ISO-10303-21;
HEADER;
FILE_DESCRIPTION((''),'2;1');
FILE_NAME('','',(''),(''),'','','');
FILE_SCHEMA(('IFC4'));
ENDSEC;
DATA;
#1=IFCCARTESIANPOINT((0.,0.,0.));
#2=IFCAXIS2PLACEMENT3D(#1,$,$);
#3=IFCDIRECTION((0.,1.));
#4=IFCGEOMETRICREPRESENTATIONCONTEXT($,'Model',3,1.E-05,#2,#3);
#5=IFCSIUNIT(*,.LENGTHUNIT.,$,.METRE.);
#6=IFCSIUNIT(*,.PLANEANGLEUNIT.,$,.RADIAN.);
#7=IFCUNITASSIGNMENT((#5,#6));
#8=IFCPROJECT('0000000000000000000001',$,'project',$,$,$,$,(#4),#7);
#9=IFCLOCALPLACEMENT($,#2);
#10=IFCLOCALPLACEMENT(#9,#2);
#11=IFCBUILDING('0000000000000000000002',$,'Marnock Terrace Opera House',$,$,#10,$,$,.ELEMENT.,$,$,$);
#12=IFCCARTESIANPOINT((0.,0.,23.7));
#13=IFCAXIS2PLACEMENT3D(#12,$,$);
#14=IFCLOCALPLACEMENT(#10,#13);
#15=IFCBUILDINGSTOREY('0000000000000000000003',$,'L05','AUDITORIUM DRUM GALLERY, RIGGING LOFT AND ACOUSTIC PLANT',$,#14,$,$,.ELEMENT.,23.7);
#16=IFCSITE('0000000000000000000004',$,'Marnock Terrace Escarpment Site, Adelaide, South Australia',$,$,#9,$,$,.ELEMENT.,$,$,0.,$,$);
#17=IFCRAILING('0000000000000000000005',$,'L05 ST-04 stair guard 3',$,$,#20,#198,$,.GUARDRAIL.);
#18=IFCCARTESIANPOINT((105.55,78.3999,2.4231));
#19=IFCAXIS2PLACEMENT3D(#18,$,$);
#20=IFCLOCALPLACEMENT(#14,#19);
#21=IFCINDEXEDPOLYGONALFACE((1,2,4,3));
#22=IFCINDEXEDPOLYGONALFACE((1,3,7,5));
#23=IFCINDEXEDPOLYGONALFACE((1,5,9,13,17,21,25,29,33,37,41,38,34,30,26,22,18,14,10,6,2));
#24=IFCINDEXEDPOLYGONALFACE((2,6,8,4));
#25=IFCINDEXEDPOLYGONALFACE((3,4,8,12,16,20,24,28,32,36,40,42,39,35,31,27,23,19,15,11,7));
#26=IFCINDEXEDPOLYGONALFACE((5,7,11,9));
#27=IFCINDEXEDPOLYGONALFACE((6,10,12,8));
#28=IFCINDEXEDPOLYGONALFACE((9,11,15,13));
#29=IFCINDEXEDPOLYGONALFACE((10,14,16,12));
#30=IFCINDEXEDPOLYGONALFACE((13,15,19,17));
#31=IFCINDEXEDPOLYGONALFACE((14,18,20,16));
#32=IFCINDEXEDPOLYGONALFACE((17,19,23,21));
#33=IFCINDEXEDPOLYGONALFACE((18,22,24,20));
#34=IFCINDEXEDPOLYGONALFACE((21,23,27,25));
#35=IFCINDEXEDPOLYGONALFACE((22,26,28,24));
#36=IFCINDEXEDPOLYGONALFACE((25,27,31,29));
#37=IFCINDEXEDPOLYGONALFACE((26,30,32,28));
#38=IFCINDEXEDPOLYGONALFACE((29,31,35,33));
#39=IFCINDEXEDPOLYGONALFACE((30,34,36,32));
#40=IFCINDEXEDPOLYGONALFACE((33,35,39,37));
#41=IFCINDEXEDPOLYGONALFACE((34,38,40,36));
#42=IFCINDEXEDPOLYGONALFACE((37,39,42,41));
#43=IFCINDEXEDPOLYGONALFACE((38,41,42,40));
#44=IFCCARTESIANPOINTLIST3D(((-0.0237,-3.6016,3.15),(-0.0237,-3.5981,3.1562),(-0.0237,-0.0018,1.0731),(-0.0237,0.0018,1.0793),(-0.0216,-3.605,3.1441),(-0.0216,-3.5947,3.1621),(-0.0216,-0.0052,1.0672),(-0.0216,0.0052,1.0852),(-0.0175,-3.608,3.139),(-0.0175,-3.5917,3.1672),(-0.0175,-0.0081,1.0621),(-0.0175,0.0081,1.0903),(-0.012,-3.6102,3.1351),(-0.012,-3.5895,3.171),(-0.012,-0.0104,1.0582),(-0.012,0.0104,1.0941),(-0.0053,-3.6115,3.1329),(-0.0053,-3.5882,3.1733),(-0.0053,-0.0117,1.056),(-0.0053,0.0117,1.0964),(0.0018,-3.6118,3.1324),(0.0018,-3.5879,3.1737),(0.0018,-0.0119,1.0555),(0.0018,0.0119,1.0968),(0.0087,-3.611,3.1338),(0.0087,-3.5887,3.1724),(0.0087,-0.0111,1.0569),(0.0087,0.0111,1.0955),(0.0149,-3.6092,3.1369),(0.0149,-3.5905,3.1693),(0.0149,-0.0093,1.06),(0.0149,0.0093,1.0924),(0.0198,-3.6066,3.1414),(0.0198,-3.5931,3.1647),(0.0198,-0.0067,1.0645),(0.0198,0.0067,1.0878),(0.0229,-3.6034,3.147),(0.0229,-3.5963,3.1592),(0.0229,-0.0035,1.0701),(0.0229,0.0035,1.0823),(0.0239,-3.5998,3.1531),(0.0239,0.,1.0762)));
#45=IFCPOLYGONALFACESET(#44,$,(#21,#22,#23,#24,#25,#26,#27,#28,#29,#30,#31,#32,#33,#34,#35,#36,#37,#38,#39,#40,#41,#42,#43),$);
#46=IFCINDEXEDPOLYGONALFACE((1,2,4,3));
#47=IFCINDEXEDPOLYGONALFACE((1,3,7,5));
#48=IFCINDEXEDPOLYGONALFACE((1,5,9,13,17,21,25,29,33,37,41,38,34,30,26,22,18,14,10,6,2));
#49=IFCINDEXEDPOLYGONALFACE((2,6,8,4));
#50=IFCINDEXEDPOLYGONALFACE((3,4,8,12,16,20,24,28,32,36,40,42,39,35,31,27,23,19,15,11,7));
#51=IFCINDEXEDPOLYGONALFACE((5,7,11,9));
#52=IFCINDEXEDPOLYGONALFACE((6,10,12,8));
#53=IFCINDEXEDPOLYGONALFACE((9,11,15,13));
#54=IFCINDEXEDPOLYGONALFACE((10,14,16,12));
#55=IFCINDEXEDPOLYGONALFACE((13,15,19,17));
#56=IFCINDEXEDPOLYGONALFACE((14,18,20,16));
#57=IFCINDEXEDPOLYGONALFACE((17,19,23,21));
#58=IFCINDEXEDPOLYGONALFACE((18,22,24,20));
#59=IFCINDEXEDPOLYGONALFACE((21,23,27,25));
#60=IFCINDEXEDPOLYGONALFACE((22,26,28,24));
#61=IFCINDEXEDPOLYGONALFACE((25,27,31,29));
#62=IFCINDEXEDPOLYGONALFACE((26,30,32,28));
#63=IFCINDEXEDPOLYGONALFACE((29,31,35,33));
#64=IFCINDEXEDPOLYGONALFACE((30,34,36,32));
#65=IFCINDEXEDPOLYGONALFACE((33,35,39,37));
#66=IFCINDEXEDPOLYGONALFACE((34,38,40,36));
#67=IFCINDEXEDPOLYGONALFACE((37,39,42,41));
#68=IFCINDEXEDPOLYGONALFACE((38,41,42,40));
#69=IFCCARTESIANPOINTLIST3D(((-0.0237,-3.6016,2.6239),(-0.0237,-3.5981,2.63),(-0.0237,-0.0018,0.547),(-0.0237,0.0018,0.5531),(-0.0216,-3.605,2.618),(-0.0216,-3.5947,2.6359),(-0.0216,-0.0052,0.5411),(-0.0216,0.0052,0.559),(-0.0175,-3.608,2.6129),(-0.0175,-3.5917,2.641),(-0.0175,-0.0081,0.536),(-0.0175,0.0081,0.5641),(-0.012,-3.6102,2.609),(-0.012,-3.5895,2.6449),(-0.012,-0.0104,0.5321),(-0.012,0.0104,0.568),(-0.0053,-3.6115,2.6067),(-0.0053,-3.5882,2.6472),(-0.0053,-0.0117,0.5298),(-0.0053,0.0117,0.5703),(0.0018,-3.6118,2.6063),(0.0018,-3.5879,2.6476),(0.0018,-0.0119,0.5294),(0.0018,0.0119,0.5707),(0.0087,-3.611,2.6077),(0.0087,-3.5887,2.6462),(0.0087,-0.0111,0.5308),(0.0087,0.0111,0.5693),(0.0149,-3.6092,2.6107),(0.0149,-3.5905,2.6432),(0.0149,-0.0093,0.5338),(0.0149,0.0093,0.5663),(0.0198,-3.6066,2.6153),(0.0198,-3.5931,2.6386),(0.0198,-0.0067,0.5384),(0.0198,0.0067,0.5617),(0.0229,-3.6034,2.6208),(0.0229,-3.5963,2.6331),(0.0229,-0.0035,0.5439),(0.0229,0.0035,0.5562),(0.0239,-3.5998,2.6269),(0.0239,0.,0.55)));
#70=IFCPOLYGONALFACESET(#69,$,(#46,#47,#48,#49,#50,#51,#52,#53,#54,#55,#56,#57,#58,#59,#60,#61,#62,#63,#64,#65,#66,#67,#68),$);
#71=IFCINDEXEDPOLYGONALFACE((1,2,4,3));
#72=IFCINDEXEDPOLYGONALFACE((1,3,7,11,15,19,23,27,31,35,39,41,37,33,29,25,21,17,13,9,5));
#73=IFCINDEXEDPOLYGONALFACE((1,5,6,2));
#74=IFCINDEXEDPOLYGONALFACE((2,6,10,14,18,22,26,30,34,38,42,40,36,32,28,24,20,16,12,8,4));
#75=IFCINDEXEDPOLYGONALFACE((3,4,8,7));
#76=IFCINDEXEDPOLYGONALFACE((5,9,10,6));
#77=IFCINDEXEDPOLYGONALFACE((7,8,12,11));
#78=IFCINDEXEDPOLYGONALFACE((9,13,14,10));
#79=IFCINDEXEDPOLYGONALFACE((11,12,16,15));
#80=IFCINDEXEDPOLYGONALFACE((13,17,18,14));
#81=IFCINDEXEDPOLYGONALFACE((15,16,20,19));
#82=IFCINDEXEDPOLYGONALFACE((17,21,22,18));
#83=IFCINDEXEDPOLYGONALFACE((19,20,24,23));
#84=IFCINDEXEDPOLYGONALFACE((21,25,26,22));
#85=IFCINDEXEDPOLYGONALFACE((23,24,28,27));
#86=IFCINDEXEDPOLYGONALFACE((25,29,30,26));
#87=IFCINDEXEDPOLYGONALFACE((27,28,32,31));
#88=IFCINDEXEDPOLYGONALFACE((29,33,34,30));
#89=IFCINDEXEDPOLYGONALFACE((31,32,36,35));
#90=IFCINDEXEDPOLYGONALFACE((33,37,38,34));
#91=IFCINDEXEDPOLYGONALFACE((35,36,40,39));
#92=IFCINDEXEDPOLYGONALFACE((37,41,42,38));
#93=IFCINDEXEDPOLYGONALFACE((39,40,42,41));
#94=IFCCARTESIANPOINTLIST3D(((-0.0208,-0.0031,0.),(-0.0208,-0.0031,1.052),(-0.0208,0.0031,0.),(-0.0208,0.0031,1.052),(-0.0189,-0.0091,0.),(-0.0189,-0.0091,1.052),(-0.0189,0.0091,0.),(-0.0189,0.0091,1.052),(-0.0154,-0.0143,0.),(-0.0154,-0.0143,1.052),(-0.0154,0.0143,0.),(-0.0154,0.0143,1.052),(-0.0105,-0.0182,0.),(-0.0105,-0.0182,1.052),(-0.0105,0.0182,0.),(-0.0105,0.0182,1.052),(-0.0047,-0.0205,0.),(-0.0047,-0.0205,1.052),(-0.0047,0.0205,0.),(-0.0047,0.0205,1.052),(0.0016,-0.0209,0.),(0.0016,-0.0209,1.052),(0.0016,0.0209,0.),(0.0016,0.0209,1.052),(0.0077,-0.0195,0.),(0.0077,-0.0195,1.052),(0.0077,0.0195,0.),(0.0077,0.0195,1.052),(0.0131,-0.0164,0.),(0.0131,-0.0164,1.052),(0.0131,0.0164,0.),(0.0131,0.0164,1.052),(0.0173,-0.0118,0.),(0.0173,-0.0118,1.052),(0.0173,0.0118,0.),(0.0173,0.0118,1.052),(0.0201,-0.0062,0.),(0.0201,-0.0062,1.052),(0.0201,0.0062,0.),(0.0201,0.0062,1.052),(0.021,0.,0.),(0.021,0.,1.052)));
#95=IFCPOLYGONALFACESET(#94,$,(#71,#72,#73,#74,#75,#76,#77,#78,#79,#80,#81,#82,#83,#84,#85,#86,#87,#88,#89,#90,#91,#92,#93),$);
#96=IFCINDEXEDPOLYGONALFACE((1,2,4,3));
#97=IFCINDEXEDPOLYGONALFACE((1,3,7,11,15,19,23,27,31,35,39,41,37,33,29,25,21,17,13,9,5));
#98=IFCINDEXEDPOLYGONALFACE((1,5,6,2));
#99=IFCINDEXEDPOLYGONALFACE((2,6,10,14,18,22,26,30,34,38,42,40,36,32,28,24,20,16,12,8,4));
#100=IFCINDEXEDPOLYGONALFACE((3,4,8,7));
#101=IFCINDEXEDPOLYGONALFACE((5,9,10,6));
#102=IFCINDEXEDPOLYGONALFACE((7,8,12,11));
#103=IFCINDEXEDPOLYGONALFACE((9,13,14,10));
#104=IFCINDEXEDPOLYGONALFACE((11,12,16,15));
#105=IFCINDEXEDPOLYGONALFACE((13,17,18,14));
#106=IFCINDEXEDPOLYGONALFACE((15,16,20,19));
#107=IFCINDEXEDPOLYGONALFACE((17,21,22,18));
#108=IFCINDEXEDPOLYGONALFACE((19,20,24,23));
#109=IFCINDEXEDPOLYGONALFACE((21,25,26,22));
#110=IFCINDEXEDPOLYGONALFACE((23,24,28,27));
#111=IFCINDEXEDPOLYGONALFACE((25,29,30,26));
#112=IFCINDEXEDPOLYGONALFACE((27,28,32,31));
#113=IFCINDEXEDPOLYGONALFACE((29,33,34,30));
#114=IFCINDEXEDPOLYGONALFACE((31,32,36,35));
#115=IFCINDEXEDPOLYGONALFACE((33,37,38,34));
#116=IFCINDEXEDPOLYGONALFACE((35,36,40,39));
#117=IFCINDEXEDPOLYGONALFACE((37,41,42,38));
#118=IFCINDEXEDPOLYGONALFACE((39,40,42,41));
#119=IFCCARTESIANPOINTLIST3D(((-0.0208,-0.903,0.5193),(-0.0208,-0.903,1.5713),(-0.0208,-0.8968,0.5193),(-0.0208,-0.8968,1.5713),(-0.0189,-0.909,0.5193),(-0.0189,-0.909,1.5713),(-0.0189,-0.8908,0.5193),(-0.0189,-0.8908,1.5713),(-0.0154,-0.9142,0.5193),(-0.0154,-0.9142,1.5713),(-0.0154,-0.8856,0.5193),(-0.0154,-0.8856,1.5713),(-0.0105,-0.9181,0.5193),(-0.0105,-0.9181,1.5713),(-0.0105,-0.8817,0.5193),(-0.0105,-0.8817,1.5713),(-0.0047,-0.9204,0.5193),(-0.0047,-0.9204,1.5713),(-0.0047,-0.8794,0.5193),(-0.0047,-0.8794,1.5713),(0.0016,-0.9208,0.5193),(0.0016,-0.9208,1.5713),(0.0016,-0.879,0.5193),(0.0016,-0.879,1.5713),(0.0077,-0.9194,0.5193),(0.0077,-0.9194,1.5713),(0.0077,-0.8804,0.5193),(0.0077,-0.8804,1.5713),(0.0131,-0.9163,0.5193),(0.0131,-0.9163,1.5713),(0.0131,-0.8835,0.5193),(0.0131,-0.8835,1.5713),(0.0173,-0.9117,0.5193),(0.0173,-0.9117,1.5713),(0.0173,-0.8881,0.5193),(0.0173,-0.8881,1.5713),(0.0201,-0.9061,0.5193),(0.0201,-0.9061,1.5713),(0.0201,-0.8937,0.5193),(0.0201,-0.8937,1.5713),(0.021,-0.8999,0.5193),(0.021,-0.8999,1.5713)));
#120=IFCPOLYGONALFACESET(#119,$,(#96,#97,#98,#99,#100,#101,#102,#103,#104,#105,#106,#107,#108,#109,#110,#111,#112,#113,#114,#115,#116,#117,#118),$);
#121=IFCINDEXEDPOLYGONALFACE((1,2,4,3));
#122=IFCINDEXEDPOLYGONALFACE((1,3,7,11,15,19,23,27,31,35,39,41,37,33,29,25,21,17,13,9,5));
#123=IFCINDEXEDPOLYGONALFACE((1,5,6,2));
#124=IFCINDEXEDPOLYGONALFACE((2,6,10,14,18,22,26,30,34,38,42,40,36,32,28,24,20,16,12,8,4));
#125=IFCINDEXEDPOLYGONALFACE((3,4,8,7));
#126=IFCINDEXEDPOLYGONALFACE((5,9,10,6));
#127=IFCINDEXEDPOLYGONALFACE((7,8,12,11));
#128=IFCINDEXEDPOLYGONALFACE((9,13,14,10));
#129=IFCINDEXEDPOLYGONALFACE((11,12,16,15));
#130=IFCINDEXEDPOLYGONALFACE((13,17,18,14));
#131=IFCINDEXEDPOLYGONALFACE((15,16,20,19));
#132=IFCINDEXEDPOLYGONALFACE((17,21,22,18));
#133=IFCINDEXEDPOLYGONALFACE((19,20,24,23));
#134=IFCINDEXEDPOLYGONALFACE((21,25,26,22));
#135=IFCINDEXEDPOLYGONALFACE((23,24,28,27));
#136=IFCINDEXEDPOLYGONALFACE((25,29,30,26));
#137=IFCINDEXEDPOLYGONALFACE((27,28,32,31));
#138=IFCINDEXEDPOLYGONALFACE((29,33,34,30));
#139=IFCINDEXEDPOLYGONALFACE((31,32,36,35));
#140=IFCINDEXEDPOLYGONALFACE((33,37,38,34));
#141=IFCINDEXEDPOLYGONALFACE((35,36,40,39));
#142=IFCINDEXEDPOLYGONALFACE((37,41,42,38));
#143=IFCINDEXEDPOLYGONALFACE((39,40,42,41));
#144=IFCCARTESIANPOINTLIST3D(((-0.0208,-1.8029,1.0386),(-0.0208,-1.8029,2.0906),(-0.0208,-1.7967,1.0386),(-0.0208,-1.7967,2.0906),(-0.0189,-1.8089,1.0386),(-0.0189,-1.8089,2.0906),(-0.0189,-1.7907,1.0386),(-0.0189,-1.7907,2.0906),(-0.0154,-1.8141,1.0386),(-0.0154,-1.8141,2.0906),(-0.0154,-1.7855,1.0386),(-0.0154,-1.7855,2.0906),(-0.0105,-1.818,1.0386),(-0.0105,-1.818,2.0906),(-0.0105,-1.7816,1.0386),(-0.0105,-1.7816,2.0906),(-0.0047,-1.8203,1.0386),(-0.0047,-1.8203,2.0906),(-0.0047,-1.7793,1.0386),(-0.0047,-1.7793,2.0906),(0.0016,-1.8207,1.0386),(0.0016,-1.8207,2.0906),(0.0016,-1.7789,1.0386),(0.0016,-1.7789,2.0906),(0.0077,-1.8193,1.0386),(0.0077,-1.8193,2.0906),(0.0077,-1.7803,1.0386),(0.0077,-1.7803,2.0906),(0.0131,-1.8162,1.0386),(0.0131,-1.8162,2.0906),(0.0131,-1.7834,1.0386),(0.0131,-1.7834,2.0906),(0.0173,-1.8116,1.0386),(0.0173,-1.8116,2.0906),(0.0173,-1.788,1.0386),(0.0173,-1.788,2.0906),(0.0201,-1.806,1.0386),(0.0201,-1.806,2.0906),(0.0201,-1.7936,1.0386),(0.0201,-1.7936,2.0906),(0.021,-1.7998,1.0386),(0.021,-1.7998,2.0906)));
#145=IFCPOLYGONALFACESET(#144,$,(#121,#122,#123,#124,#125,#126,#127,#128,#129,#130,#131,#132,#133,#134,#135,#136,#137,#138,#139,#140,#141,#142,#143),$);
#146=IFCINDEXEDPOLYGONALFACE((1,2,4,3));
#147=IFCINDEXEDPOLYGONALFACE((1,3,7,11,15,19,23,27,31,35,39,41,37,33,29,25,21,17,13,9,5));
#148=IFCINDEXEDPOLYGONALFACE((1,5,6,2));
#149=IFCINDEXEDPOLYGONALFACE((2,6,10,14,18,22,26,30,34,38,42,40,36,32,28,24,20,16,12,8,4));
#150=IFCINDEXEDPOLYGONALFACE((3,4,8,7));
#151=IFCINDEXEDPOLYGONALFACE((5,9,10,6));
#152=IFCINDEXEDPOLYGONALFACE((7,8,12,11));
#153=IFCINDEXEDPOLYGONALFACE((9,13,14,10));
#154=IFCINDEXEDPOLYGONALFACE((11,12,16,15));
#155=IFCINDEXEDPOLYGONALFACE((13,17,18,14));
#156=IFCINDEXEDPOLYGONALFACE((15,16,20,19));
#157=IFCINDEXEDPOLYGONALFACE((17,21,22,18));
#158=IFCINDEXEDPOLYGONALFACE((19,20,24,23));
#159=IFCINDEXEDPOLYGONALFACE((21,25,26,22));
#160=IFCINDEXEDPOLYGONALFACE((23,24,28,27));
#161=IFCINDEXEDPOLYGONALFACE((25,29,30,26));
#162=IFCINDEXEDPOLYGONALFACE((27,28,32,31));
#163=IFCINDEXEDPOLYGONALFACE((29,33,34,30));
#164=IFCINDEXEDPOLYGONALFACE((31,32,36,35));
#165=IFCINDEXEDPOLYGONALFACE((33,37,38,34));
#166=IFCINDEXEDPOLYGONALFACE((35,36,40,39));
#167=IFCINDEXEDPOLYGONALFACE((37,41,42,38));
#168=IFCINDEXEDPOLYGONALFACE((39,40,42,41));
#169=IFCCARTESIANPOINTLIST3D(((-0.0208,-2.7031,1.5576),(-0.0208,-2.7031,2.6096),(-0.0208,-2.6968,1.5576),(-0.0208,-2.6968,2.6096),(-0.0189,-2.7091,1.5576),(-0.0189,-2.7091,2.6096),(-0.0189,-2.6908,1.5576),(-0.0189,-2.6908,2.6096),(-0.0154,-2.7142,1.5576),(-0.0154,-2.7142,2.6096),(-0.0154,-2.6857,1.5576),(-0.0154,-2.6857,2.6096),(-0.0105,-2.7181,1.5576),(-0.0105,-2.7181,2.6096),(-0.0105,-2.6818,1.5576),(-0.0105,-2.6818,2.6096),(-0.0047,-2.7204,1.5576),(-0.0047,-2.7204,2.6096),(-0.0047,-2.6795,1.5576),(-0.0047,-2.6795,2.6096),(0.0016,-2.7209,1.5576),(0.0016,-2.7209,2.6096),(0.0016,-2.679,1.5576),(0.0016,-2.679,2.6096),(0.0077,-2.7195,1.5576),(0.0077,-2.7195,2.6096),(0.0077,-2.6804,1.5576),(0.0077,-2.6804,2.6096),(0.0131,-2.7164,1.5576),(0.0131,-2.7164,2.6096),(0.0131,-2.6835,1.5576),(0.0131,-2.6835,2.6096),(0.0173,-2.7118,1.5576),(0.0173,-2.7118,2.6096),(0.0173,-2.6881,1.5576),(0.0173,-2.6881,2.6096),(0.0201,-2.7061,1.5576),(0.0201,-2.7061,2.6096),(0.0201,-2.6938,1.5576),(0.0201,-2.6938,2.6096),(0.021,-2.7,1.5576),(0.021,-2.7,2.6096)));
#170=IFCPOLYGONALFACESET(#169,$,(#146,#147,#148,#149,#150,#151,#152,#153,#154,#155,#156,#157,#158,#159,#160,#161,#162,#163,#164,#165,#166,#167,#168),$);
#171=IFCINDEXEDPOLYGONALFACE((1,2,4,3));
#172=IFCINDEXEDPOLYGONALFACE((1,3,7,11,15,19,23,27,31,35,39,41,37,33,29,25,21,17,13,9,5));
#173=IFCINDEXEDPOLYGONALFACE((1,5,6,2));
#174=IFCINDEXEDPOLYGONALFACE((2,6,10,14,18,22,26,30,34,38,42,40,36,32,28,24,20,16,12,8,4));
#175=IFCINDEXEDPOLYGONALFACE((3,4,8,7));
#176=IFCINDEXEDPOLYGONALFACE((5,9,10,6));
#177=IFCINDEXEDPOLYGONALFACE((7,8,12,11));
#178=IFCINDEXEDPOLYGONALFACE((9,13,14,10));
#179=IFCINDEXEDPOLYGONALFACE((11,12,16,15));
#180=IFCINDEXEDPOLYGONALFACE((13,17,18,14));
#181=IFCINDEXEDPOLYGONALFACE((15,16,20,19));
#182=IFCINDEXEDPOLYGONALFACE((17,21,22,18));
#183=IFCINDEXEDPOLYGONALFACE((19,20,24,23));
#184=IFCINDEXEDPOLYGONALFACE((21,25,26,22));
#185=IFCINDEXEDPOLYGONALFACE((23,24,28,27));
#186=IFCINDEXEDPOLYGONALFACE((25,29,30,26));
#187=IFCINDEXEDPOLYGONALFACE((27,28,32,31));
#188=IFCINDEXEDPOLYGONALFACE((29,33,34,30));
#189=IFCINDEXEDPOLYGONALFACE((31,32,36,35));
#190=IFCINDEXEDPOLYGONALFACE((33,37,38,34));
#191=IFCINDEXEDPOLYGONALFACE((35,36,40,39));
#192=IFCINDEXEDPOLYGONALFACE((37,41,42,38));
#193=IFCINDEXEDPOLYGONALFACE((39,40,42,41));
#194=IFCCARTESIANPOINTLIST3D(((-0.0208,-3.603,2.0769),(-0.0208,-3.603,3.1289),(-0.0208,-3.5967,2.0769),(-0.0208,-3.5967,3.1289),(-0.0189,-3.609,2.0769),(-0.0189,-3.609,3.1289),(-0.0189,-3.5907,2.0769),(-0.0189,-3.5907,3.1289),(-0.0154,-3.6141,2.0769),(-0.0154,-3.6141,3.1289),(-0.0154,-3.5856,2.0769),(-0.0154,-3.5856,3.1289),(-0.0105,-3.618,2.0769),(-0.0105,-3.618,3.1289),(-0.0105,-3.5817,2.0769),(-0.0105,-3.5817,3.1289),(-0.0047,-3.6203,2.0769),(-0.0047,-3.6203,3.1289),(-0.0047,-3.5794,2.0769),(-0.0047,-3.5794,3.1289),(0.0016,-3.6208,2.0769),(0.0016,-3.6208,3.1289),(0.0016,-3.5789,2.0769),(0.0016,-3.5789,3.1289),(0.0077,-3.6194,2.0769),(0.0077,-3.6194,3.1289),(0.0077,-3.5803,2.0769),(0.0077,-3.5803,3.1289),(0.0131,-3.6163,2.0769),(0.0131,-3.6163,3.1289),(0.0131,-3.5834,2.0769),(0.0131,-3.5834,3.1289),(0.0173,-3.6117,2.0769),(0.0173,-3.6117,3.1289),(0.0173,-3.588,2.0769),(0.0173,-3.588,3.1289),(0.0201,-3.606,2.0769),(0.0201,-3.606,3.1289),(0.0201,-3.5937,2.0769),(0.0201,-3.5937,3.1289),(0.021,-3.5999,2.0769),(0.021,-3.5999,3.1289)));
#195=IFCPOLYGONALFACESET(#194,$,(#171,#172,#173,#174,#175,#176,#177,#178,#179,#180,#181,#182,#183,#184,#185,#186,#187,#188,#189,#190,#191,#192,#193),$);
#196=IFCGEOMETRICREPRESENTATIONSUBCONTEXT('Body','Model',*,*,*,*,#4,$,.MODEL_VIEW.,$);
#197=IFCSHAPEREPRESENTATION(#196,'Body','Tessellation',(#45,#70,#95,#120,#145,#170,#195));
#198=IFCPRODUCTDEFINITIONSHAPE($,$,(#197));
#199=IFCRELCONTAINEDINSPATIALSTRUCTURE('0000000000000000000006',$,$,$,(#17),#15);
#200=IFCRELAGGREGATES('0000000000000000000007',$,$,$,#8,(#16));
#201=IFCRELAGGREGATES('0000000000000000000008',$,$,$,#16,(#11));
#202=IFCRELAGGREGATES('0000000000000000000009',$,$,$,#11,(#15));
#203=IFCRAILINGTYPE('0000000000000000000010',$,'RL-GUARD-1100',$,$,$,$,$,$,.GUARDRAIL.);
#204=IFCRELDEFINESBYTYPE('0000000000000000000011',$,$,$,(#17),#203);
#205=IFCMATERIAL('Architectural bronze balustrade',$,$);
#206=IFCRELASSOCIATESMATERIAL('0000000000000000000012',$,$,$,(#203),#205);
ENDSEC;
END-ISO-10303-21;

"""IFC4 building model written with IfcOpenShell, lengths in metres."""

from ifc_helpers import new_model, si_unit, direction, frame, origin, origin_2d, place, context, subcontext, project, spatial, circle, extrude, material, type_object, element, save


model = new_model("IFC4")

# Units and contexts
model_context = context("Model", 3, precision=1e-05, world=origin(), true_north=direction((0.0, 1.0)))
body_context = subcontext(model_context, "Body", "Model", "MODEL_VIEW")
ifc_project = project(units=[si_unit("LENGTHUNIT", "METRE"), si_unit("PLANEANGLEUNIT", "RADIAN")], contexts=[model_context])

# Site, building, storey
site_placement = place(None, origin())
site = spatial("IfcSite", under=ifc_project, at=site_placement, Name="Marnock Terrace Escarpment Site, Adelaide, South Australia", CompositionType="ELEMENT", RefElevation=0.0)
building_placement = place(site_placement, origin())
building = spatial("IfcBuilding", under=site, at=building_placement, Name="Marnock Terrace Opera House", CompositionType="ELEMENT")
storey_placement = place(building_placement, frame((0.0, 0.0, 23.7)))
storey = spatial("IfcBuildingStorey", under=building, at=storey_placement, Name="L05", Description="AUDITORIUM DRUM GALLERY, RIGGING LOFT AND ACOUSTIC PLANT", CompositionType="ELEMENT", Elevation=23.7)

# Railing
ifc_material_1 = material(Name="Architectural bronze balustrade")
railing_type_1 = type_object("IfcRailingType", Name="RL-GUARD-1100", PredefinedType="GUARDRAIL", material=ifc_material_1)
railing_1_placement = place(storey_placement, frame((105.55, 78.3999, 2.4231)))
element("IfcRailing", 1, at=railing_1_placement, inside=storey, type_object=railing_type_1, Name="L05 ST-04 stair guard 3", PredefinedType="GUARDRAIL", context=body_context, shape_type="SweptSolid", body=[
    extrude(circle(Radius=0.0239, at=origin_2d()), frame((0.0, 0.0, 1.0762), z_axis=(0.0, -0.866179, 0.499734), x_axis=(1.0, 0.0, 0.0)), (0.0, 0.0, 1.0), 4.156),
    extrude(circle(Radius=0.0239, at=origin_2d()), frame((0.0, 0.0, 0.55), z_axis=(0.0, -0.866179, 0.499734), x_axis=(1.0, 0.0, 0.0)), (0.0, 0.0, 1.0), 4.156),
    extrude(circle(Radius=0.021, at=origin_2d()), origin(), (0.0, 0.0, 1.0), 1.052),
    extrude(circle(Radius=0.021, at=origin_2d()), frame((0.0, -0.8999, 0.5193)), (0.0, 0.0, 1.0), 1.052),
    extrude(circle(Radius=0.021, at=origin_2d()), frame((0.0, -1.7998, 1.0386)), (0.0, 0.0, 1.0), 1.052),
    extrude(circle(Radius=0.021, at=origin_2d()), frame((0.0, -2.7, 1.5576)), (0.0, 0.0, 1.0), 1.052),
    extrude(circle(Radius=0.021, at=origin_2d()), frame((0.0, -3.5999, 2.0769)), (0.0, 0.0, 1.0), 1.052),
])

save(model, "model.ifc")
